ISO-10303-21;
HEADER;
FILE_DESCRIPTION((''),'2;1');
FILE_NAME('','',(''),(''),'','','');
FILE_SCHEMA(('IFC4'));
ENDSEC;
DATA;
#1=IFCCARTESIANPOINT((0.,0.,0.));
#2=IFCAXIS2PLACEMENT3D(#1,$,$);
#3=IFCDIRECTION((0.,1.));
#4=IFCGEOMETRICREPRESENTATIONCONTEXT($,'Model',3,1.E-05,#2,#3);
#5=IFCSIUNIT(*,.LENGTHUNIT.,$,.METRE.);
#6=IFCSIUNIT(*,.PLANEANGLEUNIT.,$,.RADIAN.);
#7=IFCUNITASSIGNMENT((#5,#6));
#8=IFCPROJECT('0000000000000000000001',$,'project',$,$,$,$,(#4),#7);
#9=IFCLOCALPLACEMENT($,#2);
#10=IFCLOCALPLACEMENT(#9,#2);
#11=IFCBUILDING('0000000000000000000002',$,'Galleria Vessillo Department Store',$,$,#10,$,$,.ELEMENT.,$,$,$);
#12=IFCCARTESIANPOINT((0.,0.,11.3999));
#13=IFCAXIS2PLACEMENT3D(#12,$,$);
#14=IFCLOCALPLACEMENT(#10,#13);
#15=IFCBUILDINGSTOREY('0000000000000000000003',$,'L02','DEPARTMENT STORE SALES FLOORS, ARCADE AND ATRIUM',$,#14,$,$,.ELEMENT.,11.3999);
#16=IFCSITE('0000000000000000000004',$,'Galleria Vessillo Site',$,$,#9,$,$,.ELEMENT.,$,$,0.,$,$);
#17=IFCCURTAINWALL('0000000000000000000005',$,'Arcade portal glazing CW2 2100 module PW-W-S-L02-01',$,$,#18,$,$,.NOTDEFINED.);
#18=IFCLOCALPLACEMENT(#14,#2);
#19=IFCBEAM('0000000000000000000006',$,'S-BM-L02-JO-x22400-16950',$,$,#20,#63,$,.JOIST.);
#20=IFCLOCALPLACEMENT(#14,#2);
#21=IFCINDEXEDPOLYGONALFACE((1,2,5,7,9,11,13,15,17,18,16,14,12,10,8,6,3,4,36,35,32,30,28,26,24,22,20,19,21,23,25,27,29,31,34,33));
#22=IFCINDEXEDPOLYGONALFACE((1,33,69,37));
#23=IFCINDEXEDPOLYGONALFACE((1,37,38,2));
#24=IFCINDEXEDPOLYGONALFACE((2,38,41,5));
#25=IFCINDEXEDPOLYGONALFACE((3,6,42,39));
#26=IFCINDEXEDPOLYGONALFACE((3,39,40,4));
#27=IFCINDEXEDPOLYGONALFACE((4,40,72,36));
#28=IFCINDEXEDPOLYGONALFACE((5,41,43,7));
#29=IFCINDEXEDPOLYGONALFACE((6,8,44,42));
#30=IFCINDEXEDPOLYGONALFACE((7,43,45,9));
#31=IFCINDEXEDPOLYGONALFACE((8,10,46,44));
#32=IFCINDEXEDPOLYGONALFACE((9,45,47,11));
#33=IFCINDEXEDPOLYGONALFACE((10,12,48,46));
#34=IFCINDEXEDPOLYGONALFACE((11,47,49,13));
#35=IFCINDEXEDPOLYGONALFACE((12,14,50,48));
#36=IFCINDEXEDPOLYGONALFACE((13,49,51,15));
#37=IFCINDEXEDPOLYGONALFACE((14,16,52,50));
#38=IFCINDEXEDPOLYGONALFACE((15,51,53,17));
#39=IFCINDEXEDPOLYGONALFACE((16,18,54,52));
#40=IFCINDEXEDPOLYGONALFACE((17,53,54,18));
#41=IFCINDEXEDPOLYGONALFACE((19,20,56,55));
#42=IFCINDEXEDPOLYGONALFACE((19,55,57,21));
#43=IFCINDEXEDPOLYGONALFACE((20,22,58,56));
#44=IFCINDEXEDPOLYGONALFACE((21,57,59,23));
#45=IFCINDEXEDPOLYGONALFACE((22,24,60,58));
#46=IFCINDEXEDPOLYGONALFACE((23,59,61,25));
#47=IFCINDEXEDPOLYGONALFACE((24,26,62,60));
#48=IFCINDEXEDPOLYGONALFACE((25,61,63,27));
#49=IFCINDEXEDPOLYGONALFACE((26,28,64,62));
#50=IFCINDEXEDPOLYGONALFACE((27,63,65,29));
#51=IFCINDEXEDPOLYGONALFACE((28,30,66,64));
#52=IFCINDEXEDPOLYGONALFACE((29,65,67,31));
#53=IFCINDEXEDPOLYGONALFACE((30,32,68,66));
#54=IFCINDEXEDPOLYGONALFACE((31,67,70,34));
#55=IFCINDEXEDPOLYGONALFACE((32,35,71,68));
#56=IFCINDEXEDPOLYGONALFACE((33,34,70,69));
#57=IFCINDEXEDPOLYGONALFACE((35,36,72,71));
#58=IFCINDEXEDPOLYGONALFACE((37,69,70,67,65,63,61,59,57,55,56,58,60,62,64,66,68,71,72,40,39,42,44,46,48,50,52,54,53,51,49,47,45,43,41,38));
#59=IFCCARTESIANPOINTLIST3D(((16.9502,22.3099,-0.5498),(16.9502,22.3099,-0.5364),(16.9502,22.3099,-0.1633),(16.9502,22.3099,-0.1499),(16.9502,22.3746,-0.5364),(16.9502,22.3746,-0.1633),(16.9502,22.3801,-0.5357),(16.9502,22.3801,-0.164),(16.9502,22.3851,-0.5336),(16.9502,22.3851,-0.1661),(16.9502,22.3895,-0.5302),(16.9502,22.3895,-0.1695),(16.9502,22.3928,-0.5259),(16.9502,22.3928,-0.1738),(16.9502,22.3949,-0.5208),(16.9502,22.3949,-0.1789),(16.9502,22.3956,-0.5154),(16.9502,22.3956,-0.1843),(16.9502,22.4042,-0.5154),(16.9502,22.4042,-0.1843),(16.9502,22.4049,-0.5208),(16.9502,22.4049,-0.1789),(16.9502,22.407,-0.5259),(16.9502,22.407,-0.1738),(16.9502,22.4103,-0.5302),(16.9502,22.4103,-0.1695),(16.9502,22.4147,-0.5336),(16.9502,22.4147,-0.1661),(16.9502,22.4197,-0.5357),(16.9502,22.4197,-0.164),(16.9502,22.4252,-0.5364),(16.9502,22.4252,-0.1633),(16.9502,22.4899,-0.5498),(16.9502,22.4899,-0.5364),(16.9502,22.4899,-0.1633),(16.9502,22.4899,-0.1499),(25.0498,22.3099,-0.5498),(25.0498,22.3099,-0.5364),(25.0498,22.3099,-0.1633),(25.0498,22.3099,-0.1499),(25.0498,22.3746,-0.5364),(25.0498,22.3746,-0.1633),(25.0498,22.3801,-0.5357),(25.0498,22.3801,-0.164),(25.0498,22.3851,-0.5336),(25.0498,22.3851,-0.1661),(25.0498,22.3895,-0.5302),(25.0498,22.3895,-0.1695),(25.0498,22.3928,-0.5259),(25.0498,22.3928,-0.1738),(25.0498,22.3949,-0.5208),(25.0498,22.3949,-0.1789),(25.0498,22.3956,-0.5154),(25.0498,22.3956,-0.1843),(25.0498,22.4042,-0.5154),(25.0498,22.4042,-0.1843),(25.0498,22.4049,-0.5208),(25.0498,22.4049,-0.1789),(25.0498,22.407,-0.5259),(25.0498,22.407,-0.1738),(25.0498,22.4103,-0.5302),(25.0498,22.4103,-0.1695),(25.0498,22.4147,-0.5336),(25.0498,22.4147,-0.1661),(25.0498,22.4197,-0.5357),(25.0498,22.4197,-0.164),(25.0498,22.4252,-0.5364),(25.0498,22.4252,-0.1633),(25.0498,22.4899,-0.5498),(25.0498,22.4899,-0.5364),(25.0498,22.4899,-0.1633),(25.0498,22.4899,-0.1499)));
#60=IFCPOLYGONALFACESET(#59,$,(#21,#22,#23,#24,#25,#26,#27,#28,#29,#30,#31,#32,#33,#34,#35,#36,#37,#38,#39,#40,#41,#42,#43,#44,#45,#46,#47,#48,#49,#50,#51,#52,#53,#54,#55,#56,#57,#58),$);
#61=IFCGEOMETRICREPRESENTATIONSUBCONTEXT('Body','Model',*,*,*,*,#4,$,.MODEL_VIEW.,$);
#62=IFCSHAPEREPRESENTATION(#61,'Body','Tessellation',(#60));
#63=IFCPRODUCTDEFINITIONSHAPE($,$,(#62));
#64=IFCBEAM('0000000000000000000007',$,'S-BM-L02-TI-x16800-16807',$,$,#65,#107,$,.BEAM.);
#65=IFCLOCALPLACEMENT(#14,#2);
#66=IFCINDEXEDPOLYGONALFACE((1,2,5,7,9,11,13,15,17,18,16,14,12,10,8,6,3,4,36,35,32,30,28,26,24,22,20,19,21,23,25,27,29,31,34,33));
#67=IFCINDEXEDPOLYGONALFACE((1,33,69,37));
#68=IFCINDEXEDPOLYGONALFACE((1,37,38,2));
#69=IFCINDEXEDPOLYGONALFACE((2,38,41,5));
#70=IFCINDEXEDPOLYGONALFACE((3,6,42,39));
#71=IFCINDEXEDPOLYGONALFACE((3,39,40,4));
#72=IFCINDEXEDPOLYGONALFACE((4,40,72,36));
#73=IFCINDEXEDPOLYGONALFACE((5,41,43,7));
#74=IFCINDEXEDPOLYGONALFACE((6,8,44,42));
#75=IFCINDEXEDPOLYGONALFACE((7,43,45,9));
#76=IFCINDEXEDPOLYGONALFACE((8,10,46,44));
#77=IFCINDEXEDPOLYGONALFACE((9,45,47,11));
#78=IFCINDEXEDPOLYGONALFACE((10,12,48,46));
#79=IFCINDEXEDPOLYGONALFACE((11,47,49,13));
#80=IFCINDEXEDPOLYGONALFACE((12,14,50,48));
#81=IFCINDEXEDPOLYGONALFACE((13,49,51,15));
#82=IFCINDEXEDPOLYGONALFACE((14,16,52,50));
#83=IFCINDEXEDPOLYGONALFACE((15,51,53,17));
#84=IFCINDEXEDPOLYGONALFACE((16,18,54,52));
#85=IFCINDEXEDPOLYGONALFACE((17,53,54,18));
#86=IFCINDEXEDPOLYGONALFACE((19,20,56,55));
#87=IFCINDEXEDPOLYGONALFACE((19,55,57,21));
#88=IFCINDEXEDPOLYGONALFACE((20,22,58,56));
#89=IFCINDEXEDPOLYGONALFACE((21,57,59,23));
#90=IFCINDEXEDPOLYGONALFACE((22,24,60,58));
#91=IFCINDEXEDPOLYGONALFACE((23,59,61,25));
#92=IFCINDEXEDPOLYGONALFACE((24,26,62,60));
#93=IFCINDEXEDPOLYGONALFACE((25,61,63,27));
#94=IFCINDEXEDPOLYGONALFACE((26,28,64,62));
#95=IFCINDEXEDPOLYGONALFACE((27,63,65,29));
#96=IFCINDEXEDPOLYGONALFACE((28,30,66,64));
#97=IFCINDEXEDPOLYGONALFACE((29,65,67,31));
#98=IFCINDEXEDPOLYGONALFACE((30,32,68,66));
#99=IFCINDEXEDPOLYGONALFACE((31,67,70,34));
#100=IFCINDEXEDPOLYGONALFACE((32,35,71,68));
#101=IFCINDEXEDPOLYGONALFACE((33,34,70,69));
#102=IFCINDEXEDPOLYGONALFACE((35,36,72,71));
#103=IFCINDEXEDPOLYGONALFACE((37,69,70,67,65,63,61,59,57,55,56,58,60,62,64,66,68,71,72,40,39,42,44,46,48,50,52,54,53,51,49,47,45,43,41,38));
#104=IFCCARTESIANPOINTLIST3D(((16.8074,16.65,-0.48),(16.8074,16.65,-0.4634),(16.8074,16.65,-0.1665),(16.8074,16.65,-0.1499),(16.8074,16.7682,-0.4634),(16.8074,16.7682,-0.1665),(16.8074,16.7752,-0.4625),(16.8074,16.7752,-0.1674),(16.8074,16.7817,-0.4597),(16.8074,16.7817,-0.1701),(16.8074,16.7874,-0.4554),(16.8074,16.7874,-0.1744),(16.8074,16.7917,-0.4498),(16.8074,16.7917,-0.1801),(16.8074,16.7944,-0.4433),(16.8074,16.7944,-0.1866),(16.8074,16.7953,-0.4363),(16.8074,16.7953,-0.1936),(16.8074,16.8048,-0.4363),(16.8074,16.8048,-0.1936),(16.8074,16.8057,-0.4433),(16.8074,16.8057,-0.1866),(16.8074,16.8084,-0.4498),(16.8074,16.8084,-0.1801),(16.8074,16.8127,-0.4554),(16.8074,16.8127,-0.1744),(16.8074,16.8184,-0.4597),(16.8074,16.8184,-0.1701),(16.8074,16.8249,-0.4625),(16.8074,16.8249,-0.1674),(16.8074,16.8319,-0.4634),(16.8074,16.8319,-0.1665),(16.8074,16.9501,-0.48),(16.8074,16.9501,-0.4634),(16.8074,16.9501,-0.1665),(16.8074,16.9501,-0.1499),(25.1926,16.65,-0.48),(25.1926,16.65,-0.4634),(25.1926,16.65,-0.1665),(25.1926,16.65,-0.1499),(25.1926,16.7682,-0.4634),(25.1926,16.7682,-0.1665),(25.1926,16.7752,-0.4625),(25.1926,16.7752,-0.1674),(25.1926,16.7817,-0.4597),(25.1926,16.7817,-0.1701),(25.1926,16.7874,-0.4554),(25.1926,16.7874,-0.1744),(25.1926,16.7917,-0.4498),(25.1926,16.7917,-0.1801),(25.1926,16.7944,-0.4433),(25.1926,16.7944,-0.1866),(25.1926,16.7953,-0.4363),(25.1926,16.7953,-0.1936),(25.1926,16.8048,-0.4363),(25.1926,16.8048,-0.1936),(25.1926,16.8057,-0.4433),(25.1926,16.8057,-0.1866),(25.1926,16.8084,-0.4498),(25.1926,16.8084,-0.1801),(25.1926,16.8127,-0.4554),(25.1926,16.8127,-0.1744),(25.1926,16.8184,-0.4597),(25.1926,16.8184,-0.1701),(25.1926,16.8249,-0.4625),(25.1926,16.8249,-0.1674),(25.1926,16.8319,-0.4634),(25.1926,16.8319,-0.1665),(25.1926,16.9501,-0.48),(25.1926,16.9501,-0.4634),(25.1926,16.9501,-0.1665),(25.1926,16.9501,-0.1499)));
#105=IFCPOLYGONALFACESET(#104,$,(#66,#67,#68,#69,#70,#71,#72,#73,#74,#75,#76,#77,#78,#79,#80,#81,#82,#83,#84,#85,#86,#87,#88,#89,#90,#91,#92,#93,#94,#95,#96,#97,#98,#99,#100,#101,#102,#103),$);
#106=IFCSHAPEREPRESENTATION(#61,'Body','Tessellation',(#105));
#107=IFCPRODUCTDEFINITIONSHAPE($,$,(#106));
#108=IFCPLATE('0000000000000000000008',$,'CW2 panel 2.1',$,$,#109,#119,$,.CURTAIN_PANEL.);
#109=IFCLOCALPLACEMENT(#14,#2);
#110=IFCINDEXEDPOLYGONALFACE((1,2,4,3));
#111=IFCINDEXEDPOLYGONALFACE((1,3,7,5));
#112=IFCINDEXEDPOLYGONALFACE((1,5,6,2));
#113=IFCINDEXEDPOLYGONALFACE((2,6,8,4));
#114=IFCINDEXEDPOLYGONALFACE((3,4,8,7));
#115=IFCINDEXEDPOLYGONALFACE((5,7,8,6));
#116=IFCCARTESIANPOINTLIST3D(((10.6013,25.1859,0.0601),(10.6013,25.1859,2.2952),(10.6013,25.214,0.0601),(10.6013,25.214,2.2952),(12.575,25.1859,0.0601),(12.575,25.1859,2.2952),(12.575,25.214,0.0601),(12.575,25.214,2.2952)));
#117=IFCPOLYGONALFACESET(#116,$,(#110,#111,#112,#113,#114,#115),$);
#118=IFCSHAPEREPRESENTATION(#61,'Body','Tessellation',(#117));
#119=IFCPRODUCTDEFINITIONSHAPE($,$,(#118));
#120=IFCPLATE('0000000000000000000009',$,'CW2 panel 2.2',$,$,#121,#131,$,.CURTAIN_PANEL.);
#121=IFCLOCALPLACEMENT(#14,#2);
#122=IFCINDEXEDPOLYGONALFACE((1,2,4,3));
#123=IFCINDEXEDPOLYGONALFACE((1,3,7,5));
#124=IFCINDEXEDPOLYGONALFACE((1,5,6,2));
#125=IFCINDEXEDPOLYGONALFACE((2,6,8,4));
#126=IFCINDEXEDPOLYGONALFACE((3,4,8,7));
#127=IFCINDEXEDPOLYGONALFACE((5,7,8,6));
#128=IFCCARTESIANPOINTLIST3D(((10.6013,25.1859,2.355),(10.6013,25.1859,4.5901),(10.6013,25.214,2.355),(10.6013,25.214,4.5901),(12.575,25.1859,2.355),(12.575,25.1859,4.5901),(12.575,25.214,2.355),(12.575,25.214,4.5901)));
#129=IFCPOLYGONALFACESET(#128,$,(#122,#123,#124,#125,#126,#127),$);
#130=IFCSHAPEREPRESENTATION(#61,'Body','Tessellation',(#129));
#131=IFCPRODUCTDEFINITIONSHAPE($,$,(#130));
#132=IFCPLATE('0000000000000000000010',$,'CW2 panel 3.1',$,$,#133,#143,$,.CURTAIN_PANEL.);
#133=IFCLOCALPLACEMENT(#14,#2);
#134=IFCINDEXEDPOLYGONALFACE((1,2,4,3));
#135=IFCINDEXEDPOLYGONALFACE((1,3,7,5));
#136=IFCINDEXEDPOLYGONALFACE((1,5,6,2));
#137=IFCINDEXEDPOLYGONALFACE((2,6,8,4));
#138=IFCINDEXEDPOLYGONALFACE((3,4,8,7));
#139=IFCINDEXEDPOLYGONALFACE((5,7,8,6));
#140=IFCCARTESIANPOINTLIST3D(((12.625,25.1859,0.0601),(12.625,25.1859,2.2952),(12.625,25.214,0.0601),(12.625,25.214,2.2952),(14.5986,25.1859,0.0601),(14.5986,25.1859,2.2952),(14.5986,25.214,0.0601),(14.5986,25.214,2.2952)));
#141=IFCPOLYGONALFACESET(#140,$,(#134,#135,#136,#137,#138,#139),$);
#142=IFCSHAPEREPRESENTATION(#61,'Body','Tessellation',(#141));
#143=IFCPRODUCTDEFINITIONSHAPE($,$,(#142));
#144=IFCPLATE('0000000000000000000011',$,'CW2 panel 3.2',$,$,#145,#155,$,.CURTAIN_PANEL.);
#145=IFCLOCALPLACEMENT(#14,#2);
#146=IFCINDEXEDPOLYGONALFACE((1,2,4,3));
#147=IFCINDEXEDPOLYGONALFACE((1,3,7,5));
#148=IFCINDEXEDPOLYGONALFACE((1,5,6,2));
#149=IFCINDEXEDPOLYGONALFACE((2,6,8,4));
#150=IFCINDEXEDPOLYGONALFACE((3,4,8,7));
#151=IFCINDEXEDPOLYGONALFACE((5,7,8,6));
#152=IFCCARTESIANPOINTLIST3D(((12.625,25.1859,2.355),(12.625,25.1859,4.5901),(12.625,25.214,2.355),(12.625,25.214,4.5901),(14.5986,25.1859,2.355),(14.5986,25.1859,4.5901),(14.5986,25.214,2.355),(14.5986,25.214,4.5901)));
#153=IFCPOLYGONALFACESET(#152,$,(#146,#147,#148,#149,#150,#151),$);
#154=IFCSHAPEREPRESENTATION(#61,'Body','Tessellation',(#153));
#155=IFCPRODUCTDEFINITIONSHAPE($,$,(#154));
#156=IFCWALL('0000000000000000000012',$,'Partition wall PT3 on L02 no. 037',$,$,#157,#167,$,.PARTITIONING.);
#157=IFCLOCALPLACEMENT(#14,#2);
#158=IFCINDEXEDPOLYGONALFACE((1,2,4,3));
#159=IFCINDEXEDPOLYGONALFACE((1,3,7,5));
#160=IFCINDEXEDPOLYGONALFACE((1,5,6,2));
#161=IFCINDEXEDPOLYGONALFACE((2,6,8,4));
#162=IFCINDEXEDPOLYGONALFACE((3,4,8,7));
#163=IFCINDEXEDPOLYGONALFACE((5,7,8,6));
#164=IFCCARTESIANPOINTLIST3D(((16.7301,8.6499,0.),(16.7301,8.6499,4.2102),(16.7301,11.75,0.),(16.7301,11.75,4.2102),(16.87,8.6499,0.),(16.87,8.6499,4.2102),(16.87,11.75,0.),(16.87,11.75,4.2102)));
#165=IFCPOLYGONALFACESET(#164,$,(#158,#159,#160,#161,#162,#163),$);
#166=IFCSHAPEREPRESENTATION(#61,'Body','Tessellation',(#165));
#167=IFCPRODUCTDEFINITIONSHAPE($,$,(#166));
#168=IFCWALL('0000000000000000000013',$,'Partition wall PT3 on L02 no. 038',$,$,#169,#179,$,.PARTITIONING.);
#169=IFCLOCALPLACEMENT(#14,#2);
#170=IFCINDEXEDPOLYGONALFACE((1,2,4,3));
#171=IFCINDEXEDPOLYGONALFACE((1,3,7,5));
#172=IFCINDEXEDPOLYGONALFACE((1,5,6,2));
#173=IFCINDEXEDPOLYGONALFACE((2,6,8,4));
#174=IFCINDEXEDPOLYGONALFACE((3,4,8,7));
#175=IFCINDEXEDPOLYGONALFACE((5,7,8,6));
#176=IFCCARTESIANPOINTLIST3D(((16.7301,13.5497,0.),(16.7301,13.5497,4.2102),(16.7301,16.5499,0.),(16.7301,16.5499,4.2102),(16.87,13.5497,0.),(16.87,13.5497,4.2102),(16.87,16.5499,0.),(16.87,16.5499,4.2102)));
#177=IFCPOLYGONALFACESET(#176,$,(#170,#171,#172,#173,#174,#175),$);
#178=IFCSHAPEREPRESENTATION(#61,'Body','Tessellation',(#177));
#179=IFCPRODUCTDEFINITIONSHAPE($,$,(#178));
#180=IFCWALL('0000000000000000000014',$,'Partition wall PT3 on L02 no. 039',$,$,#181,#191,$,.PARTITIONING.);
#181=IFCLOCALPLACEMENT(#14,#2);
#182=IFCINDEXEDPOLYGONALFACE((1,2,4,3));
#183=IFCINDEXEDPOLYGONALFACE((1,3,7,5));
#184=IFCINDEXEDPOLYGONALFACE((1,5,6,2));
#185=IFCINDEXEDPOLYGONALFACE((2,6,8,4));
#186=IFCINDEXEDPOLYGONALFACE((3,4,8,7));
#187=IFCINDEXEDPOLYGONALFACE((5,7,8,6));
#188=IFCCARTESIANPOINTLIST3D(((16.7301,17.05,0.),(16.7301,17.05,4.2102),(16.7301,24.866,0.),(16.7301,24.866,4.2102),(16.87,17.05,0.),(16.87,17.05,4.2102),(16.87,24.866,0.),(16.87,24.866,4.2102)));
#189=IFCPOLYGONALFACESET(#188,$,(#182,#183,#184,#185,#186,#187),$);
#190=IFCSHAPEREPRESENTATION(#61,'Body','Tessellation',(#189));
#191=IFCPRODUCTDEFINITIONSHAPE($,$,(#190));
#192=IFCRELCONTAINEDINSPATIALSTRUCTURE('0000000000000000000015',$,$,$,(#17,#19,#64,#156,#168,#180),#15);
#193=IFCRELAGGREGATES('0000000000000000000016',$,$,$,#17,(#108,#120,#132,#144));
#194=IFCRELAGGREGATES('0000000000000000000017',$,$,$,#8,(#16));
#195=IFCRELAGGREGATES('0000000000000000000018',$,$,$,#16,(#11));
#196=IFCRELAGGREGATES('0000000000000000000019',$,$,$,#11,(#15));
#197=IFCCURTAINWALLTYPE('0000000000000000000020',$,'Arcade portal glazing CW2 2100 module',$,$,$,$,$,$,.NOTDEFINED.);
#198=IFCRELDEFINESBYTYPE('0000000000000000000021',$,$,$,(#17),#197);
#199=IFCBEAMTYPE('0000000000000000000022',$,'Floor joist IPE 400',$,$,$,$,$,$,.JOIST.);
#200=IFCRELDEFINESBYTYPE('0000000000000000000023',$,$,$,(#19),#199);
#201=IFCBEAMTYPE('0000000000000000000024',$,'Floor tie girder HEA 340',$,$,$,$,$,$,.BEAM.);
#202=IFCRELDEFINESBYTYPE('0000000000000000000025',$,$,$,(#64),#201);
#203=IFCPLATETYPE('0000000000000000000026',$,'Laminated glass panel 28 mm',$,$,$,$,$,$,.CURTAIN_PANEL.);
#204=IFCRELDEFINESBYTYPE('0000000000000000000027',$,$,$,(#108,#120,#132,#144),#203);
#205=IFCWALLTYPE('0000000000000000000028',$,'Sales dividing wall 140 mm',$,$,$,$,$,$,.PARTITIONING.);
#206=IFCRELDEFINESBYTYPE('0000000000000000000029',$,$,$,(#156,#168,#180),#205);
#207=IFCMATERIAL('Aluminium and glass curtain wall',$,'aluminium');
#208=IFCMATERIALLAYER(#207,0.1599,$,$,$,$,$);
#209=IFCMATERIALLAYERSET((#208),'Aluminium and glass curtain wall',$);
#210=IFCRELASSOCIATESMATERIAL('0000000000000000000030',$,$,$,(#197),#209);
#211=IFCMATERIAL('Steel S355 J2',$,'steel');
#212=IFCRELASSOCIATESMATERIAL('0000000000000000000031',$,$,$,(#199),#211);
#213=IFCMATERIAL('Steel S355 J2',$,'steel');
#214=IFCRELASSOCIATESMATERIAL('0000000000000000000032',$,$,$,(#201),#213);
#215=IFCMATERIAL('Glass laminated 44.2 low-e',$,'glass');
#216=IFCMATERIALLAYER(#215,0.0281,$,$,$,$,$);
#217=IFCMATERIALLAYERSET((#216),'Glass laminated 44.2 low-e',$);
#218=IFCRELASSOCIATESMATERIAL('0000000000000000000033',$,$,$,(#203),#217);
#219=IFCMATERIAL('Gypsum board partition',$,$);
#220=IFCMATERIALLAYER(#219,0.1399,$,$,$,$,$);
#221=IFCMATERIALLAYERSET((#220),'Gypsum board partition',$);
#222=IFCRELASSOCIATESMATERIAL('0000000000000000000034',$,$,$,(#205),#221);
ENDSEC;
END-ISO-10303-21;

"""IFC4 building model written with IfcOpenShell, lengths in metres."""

from ifc_helpers import new_model, si_unit, direction, frame, frame_2d, origin, origin_2d, place, context, subcontext, project, spatial, rectangle, i_section, extrude, material, layer, layer_set, material_profile, profile_set, type_object, element, aggregate, save


model = new_model("IFC4")

# Units and contexts
model_context = context("Model", 3, precision=1e-05, world=origin(), true_north=direction((0.0, 1.0)))
body_context = subcontext(model_context, "Body", "Model", "MODEL_VIEW")
ifc_project = project(units=[si_unit("LENGTHUNIT", "METRE"), si_unit("PLANEANGLEUNIT", "RADIAN")], contexts=[model_context])

# Site, building, storey
site_placement = place(None, origin())
site = spatial("IfcSite", under=ifc_project, at=site_placement, Name="Galleria Vessillo Site", CompositionType="ELEMENT", RefElevation=0.0)
building_placement = place(site_placement, origin())
building = spatial("IfcBuilding", under=site, at=building_placement, Name="Galleria Vessillo Department Store", CompositionType="ELEMENT")
storey_placement = place(building_placement, frame((0.0, 0.0, 11.3999)))
storey = spatial("IfcBuildingStorey", under=building, at=storey_placement, Name="L02", Description="DEPARTMENT STORE SALES FLOORS, ARCADE AND ATRIUM", CompositionType="ELEMENT", Elevation=11.3999)

# Curtain wall
ifc_material_1 = material(Name="Aluminium and glass curtain wall", Category="aluminium")
ifc_layer_1 = layer(ifc_material_1, 0.1599)
ifc_layer_set_1 = layer_set([ifc_layer_1], Name="Aluminium and glass curtain wall")
curtain_wall_type = type_object("IfcCurtainWallType", Name="Arcade portal glazing CW2 2100 module", PredefinedType="NOTDEFINED", material=ifc_layer_set_1)
curtain_wall_placement = place(storey_placement, origin())
curtain_wall = element("IfcCurtainWall", 1, at=curtain_wall_placement, inside=storey, type_object=curtain_wall_type, Name="Arcade portal glazing CW2 2100 module PW-W-S-L02-01", PredefinedType="NOTDEFINED")

# Beams
ifc_material_2 = material(Name="Steel S355 J2", Category="steel")
ifc_material_profile_1 = material_profile(ifc_material_2, i_section(OverallWidth=0.1799, OverallDepth=0.3999, WebThickness=0.0085, FlangeThickness=0.0134, FilletRadius=0.021, at=origin_2d()), Name="IPE 400")
ifc_profile_set_1 = profile_set([ifc_material_profile_1], Name="Steel S355 J2")
beam_type_1 = type_object("IfcBeamType", Name="Floor joist IPE 400", PredefinedType="JOIST", material=ifc_profile_set_1)
for number, where, z_axis, x_axis, name in (
    (2, (16.9502, 22.3999, -0.3499), (1.0, 0.0, 0.0), (0.0, 1.0, 0.0), "S-BM-L02-JO-x22400-16950"),
):
    element("IfcBeam", number, at=place(storey_placement, frame(where, z_axis=z_axis, x_axis=x_axis)), inside=storey, type_object=beam_type_1, Name=name, PredefinedType="JOIST", context=body_context, shape_type="SweptSolid", body=[
        extrude(i_section(OverallWidth=0.1799, OverallDepth=0.3999, WebThickness=0.0085, FlangeThickness=0.0134, FilletRadius=0.021, at=origin_2d()), origin(), (0.0, 0.0, 1.0), 8.0996),
    ])
ifc_material_3 = material(Name="Steel S355 J2", Category="steel")
ifc_material_profile_2 = material_profile(ifc_material_3, i_section(OverallWidth=0.3, OverallDepth=0.3301, WebThickness=0.0095, FlangeThickness=0.0166, FilletRadius=0.0271, at=origin_2d()), Name="HEA 340")
ifc_profile_set_2 = profile_set([ifc_material_profile_2], Name="Steel S355 J2")
beam_type_2 = type_object("IfcBeamType", Name="Floor tie girder HEA 340", PredefinedType="BEAM", material=ifc_profile_set_2)
beam_1_placement = place(storey_placement, frame((16.8074, 16.8, -0.3149), z_axis=(1.0, 0.0, 0.0), x_axis=(0.0, 1.0, 0.0)))
element("IfcBeam", 3, at=beam_1_placement, inside=storey, type_object=beam_type_2, Name="S-BM-L02-TI-x16800-16807", PredefinedType="BEAM", context=body_context, shape_type="SweptSolid", body=[
    extrude(i_section(OverallWidth=0.3, OverallDepth=0.3301, WebThickness=0.0095, FlangeThickness=0.0166, FilletRadius=0.0271, at=origin_2d()), origin(), (0.0, 0.0, 1.0), 8.3853),
])

# Plates
ifc_material_4 = material(Name="Glass laminated 44.2 low-e", Category="glass")
ifc_layer_2 = layer(ifc_material_4, 0.0281)
ifc_layer_set_2 = layer_set([ifc_layer_2], Name="Glass laminated 44.2 low-e")
plate_type = type_object("IfcPlateType", Name="Laminated glass panel 28 mm", PredefinedType="CURTAIN_PANEL", material=ifc_layer_set_2)
plate_1_placement = place(storey_placement, frame((11.5881, 25.2, 0.0601), z_axis=(0.0, 0.0, 1.0), x_axis=(1.0, 0.0, 0.0)))
plate_1 = element("IfcPlate", 4, at=plate_1_placement, type_object=plate_type, Name="CW2 panel 2.1", PredefinedType="CURTAIN_PANEL", context=body_context, shape_type="SweptSolid", body=[
    extrude(rectangle(XDim=1.9736, YDim=0.0281, at=origin_2d()), origin(), (0.0, 0.0, 1.0), 2.2351),
])
plate_2_placement = place(storey_placement, frame((11.5881, 25.2, 2.355), z_axis=(0.0, 0.0, 1.0), x_axis=(1.0, 0.0, 0.0)))
plate_2 = element("IfcPlate", 5, at=plate_2_placement, type_object=plate_type, Name="CW2 panel 2.2", PredefinedType="CURTAIN_PANEL", context=body_context, shape_type="SweptSolid", body=[
    extrude(rectangle(XDim=1.9736, YDim=0.0281, at=origin_2d()), origin(), (0.0, 0.0, 1.0), 2.2351),
])
plate_3_placement = place(storey_placement, frame((13.6118, 25.2, 0.0601), z_axis=(0.0, 0.0, 1.0), x_axis=(1.0, 0.0, 0.0)))
plate_3 = element("IfcPlate", 6, at=plate_3_placement, type_object=plate_type, Name="CW2 panel 3.1", PredefinedType="CURTAIN_PANEL", context=body_context, shape_type="SweptSolid", body=[
    extrude(rectangle(XDim=1.9736, YDim=0.0281, at=origin_2d()), origin(), (0.0, 0.0, 1.0), 2.2351),
])
plate_4_placement = place(storey_placement, frame((13.6118, 25.2, 2.355), z_axis=(0.0, 0.0, 1.0), x_axis=(1.0, 0.0, 0.0)))
plate_4 = element("IfcPlate", 7, at=plate_4_placement, type_object=plate_type, Name="CW2 panel 3.2", PredefinedType="CURTAIN_PANEL", context=body_context, shape_type="SweptSolid", body=[
    extrude(rectangle(XDim=1.9736, YDim=0.0281, at=origin_2d()), origin(), (0.0, 0.0, 1.0), 2.2351),
])
aggregate(curtain_wall, [plate_1, plate_2, plate_3, plate_4])

# Walls
ifc_material_5 = material(Name="Gypsum board partition")
ifc_layer_3 = layer(ifc_material_5, 0.1399)
ifc_layer_set_3 = layer_set([ifc_layer_3], Name="Gypsum board partition")
wall_type = type_object("IfcWallType", Name="Sales dividing wall 140 mm", PredefinedType="PARTITIONING", material=ifc_layer_set_3)
wall_1_placement = place(storey_placement, frame((16.8, 8.6499, 0.0), z_axis=(0.0, 0.0, 1.0), x_axis=(0.0, 1.0, 0.0)))
element("IfcWall", 8, at=wall_1_placement, inside=storey, type_object=wall_type, Name="Partition wall PT3 on L02 no. 037", PredefinedType="PARTITIONING", context=body_context, shape_type="SweptSolid", body=[
    extrude(rectangle(XDim=3.1001, YDim=0.1399, at=frame_2d((1.55, 0.0))), origin(), (0.0, 0.0, 1.0), 4.2102),
])
wall_2_placement = place(storey_placement, frame((16.8, 13.5498, 0.0), z_axis=(0.0, 0.0, 1.0), x_axis=(0.0, 1.0, 0.0)))
element("IfcWall", 9, at=wall_2_placement, inside=storey, type_object=wall_type, Name="Partition wall PT3 on L02 no. 038", PredefinedType="PARTITIONING", context=body_context, shape_type="SweptSolid", body=[
    extrude(rectangle(XDim=3.0002, YDim=0.1399, at=frame_2d((1.5, 0.0))), origin(), (0.0, 0.0, 1.0), 4.2102),
])
wall_3_placement = place(storey_placement, frame((16.8, 17.05, 0.0), z_axis=(0.0, 0.0, 1.0), x_axis=(0.0, 1.0, 0.0)))
element("IfcWall", 10, at=wall_3_placement, inside=storey, type_object=wall_type, Name="Partition wall PT3 on L02 no. 039", PredefinedType="PARTITIONING", context=body_context, shape_type="SweptSolid", body=[
    extrude(rectangle(XDim=7.8159, YDim=0.1399, at=frame_2d((3.908, 0.0))), origin(), (0.0, 0.0, 1.0), 4.2102),
])

save(model, "model.ifc")
